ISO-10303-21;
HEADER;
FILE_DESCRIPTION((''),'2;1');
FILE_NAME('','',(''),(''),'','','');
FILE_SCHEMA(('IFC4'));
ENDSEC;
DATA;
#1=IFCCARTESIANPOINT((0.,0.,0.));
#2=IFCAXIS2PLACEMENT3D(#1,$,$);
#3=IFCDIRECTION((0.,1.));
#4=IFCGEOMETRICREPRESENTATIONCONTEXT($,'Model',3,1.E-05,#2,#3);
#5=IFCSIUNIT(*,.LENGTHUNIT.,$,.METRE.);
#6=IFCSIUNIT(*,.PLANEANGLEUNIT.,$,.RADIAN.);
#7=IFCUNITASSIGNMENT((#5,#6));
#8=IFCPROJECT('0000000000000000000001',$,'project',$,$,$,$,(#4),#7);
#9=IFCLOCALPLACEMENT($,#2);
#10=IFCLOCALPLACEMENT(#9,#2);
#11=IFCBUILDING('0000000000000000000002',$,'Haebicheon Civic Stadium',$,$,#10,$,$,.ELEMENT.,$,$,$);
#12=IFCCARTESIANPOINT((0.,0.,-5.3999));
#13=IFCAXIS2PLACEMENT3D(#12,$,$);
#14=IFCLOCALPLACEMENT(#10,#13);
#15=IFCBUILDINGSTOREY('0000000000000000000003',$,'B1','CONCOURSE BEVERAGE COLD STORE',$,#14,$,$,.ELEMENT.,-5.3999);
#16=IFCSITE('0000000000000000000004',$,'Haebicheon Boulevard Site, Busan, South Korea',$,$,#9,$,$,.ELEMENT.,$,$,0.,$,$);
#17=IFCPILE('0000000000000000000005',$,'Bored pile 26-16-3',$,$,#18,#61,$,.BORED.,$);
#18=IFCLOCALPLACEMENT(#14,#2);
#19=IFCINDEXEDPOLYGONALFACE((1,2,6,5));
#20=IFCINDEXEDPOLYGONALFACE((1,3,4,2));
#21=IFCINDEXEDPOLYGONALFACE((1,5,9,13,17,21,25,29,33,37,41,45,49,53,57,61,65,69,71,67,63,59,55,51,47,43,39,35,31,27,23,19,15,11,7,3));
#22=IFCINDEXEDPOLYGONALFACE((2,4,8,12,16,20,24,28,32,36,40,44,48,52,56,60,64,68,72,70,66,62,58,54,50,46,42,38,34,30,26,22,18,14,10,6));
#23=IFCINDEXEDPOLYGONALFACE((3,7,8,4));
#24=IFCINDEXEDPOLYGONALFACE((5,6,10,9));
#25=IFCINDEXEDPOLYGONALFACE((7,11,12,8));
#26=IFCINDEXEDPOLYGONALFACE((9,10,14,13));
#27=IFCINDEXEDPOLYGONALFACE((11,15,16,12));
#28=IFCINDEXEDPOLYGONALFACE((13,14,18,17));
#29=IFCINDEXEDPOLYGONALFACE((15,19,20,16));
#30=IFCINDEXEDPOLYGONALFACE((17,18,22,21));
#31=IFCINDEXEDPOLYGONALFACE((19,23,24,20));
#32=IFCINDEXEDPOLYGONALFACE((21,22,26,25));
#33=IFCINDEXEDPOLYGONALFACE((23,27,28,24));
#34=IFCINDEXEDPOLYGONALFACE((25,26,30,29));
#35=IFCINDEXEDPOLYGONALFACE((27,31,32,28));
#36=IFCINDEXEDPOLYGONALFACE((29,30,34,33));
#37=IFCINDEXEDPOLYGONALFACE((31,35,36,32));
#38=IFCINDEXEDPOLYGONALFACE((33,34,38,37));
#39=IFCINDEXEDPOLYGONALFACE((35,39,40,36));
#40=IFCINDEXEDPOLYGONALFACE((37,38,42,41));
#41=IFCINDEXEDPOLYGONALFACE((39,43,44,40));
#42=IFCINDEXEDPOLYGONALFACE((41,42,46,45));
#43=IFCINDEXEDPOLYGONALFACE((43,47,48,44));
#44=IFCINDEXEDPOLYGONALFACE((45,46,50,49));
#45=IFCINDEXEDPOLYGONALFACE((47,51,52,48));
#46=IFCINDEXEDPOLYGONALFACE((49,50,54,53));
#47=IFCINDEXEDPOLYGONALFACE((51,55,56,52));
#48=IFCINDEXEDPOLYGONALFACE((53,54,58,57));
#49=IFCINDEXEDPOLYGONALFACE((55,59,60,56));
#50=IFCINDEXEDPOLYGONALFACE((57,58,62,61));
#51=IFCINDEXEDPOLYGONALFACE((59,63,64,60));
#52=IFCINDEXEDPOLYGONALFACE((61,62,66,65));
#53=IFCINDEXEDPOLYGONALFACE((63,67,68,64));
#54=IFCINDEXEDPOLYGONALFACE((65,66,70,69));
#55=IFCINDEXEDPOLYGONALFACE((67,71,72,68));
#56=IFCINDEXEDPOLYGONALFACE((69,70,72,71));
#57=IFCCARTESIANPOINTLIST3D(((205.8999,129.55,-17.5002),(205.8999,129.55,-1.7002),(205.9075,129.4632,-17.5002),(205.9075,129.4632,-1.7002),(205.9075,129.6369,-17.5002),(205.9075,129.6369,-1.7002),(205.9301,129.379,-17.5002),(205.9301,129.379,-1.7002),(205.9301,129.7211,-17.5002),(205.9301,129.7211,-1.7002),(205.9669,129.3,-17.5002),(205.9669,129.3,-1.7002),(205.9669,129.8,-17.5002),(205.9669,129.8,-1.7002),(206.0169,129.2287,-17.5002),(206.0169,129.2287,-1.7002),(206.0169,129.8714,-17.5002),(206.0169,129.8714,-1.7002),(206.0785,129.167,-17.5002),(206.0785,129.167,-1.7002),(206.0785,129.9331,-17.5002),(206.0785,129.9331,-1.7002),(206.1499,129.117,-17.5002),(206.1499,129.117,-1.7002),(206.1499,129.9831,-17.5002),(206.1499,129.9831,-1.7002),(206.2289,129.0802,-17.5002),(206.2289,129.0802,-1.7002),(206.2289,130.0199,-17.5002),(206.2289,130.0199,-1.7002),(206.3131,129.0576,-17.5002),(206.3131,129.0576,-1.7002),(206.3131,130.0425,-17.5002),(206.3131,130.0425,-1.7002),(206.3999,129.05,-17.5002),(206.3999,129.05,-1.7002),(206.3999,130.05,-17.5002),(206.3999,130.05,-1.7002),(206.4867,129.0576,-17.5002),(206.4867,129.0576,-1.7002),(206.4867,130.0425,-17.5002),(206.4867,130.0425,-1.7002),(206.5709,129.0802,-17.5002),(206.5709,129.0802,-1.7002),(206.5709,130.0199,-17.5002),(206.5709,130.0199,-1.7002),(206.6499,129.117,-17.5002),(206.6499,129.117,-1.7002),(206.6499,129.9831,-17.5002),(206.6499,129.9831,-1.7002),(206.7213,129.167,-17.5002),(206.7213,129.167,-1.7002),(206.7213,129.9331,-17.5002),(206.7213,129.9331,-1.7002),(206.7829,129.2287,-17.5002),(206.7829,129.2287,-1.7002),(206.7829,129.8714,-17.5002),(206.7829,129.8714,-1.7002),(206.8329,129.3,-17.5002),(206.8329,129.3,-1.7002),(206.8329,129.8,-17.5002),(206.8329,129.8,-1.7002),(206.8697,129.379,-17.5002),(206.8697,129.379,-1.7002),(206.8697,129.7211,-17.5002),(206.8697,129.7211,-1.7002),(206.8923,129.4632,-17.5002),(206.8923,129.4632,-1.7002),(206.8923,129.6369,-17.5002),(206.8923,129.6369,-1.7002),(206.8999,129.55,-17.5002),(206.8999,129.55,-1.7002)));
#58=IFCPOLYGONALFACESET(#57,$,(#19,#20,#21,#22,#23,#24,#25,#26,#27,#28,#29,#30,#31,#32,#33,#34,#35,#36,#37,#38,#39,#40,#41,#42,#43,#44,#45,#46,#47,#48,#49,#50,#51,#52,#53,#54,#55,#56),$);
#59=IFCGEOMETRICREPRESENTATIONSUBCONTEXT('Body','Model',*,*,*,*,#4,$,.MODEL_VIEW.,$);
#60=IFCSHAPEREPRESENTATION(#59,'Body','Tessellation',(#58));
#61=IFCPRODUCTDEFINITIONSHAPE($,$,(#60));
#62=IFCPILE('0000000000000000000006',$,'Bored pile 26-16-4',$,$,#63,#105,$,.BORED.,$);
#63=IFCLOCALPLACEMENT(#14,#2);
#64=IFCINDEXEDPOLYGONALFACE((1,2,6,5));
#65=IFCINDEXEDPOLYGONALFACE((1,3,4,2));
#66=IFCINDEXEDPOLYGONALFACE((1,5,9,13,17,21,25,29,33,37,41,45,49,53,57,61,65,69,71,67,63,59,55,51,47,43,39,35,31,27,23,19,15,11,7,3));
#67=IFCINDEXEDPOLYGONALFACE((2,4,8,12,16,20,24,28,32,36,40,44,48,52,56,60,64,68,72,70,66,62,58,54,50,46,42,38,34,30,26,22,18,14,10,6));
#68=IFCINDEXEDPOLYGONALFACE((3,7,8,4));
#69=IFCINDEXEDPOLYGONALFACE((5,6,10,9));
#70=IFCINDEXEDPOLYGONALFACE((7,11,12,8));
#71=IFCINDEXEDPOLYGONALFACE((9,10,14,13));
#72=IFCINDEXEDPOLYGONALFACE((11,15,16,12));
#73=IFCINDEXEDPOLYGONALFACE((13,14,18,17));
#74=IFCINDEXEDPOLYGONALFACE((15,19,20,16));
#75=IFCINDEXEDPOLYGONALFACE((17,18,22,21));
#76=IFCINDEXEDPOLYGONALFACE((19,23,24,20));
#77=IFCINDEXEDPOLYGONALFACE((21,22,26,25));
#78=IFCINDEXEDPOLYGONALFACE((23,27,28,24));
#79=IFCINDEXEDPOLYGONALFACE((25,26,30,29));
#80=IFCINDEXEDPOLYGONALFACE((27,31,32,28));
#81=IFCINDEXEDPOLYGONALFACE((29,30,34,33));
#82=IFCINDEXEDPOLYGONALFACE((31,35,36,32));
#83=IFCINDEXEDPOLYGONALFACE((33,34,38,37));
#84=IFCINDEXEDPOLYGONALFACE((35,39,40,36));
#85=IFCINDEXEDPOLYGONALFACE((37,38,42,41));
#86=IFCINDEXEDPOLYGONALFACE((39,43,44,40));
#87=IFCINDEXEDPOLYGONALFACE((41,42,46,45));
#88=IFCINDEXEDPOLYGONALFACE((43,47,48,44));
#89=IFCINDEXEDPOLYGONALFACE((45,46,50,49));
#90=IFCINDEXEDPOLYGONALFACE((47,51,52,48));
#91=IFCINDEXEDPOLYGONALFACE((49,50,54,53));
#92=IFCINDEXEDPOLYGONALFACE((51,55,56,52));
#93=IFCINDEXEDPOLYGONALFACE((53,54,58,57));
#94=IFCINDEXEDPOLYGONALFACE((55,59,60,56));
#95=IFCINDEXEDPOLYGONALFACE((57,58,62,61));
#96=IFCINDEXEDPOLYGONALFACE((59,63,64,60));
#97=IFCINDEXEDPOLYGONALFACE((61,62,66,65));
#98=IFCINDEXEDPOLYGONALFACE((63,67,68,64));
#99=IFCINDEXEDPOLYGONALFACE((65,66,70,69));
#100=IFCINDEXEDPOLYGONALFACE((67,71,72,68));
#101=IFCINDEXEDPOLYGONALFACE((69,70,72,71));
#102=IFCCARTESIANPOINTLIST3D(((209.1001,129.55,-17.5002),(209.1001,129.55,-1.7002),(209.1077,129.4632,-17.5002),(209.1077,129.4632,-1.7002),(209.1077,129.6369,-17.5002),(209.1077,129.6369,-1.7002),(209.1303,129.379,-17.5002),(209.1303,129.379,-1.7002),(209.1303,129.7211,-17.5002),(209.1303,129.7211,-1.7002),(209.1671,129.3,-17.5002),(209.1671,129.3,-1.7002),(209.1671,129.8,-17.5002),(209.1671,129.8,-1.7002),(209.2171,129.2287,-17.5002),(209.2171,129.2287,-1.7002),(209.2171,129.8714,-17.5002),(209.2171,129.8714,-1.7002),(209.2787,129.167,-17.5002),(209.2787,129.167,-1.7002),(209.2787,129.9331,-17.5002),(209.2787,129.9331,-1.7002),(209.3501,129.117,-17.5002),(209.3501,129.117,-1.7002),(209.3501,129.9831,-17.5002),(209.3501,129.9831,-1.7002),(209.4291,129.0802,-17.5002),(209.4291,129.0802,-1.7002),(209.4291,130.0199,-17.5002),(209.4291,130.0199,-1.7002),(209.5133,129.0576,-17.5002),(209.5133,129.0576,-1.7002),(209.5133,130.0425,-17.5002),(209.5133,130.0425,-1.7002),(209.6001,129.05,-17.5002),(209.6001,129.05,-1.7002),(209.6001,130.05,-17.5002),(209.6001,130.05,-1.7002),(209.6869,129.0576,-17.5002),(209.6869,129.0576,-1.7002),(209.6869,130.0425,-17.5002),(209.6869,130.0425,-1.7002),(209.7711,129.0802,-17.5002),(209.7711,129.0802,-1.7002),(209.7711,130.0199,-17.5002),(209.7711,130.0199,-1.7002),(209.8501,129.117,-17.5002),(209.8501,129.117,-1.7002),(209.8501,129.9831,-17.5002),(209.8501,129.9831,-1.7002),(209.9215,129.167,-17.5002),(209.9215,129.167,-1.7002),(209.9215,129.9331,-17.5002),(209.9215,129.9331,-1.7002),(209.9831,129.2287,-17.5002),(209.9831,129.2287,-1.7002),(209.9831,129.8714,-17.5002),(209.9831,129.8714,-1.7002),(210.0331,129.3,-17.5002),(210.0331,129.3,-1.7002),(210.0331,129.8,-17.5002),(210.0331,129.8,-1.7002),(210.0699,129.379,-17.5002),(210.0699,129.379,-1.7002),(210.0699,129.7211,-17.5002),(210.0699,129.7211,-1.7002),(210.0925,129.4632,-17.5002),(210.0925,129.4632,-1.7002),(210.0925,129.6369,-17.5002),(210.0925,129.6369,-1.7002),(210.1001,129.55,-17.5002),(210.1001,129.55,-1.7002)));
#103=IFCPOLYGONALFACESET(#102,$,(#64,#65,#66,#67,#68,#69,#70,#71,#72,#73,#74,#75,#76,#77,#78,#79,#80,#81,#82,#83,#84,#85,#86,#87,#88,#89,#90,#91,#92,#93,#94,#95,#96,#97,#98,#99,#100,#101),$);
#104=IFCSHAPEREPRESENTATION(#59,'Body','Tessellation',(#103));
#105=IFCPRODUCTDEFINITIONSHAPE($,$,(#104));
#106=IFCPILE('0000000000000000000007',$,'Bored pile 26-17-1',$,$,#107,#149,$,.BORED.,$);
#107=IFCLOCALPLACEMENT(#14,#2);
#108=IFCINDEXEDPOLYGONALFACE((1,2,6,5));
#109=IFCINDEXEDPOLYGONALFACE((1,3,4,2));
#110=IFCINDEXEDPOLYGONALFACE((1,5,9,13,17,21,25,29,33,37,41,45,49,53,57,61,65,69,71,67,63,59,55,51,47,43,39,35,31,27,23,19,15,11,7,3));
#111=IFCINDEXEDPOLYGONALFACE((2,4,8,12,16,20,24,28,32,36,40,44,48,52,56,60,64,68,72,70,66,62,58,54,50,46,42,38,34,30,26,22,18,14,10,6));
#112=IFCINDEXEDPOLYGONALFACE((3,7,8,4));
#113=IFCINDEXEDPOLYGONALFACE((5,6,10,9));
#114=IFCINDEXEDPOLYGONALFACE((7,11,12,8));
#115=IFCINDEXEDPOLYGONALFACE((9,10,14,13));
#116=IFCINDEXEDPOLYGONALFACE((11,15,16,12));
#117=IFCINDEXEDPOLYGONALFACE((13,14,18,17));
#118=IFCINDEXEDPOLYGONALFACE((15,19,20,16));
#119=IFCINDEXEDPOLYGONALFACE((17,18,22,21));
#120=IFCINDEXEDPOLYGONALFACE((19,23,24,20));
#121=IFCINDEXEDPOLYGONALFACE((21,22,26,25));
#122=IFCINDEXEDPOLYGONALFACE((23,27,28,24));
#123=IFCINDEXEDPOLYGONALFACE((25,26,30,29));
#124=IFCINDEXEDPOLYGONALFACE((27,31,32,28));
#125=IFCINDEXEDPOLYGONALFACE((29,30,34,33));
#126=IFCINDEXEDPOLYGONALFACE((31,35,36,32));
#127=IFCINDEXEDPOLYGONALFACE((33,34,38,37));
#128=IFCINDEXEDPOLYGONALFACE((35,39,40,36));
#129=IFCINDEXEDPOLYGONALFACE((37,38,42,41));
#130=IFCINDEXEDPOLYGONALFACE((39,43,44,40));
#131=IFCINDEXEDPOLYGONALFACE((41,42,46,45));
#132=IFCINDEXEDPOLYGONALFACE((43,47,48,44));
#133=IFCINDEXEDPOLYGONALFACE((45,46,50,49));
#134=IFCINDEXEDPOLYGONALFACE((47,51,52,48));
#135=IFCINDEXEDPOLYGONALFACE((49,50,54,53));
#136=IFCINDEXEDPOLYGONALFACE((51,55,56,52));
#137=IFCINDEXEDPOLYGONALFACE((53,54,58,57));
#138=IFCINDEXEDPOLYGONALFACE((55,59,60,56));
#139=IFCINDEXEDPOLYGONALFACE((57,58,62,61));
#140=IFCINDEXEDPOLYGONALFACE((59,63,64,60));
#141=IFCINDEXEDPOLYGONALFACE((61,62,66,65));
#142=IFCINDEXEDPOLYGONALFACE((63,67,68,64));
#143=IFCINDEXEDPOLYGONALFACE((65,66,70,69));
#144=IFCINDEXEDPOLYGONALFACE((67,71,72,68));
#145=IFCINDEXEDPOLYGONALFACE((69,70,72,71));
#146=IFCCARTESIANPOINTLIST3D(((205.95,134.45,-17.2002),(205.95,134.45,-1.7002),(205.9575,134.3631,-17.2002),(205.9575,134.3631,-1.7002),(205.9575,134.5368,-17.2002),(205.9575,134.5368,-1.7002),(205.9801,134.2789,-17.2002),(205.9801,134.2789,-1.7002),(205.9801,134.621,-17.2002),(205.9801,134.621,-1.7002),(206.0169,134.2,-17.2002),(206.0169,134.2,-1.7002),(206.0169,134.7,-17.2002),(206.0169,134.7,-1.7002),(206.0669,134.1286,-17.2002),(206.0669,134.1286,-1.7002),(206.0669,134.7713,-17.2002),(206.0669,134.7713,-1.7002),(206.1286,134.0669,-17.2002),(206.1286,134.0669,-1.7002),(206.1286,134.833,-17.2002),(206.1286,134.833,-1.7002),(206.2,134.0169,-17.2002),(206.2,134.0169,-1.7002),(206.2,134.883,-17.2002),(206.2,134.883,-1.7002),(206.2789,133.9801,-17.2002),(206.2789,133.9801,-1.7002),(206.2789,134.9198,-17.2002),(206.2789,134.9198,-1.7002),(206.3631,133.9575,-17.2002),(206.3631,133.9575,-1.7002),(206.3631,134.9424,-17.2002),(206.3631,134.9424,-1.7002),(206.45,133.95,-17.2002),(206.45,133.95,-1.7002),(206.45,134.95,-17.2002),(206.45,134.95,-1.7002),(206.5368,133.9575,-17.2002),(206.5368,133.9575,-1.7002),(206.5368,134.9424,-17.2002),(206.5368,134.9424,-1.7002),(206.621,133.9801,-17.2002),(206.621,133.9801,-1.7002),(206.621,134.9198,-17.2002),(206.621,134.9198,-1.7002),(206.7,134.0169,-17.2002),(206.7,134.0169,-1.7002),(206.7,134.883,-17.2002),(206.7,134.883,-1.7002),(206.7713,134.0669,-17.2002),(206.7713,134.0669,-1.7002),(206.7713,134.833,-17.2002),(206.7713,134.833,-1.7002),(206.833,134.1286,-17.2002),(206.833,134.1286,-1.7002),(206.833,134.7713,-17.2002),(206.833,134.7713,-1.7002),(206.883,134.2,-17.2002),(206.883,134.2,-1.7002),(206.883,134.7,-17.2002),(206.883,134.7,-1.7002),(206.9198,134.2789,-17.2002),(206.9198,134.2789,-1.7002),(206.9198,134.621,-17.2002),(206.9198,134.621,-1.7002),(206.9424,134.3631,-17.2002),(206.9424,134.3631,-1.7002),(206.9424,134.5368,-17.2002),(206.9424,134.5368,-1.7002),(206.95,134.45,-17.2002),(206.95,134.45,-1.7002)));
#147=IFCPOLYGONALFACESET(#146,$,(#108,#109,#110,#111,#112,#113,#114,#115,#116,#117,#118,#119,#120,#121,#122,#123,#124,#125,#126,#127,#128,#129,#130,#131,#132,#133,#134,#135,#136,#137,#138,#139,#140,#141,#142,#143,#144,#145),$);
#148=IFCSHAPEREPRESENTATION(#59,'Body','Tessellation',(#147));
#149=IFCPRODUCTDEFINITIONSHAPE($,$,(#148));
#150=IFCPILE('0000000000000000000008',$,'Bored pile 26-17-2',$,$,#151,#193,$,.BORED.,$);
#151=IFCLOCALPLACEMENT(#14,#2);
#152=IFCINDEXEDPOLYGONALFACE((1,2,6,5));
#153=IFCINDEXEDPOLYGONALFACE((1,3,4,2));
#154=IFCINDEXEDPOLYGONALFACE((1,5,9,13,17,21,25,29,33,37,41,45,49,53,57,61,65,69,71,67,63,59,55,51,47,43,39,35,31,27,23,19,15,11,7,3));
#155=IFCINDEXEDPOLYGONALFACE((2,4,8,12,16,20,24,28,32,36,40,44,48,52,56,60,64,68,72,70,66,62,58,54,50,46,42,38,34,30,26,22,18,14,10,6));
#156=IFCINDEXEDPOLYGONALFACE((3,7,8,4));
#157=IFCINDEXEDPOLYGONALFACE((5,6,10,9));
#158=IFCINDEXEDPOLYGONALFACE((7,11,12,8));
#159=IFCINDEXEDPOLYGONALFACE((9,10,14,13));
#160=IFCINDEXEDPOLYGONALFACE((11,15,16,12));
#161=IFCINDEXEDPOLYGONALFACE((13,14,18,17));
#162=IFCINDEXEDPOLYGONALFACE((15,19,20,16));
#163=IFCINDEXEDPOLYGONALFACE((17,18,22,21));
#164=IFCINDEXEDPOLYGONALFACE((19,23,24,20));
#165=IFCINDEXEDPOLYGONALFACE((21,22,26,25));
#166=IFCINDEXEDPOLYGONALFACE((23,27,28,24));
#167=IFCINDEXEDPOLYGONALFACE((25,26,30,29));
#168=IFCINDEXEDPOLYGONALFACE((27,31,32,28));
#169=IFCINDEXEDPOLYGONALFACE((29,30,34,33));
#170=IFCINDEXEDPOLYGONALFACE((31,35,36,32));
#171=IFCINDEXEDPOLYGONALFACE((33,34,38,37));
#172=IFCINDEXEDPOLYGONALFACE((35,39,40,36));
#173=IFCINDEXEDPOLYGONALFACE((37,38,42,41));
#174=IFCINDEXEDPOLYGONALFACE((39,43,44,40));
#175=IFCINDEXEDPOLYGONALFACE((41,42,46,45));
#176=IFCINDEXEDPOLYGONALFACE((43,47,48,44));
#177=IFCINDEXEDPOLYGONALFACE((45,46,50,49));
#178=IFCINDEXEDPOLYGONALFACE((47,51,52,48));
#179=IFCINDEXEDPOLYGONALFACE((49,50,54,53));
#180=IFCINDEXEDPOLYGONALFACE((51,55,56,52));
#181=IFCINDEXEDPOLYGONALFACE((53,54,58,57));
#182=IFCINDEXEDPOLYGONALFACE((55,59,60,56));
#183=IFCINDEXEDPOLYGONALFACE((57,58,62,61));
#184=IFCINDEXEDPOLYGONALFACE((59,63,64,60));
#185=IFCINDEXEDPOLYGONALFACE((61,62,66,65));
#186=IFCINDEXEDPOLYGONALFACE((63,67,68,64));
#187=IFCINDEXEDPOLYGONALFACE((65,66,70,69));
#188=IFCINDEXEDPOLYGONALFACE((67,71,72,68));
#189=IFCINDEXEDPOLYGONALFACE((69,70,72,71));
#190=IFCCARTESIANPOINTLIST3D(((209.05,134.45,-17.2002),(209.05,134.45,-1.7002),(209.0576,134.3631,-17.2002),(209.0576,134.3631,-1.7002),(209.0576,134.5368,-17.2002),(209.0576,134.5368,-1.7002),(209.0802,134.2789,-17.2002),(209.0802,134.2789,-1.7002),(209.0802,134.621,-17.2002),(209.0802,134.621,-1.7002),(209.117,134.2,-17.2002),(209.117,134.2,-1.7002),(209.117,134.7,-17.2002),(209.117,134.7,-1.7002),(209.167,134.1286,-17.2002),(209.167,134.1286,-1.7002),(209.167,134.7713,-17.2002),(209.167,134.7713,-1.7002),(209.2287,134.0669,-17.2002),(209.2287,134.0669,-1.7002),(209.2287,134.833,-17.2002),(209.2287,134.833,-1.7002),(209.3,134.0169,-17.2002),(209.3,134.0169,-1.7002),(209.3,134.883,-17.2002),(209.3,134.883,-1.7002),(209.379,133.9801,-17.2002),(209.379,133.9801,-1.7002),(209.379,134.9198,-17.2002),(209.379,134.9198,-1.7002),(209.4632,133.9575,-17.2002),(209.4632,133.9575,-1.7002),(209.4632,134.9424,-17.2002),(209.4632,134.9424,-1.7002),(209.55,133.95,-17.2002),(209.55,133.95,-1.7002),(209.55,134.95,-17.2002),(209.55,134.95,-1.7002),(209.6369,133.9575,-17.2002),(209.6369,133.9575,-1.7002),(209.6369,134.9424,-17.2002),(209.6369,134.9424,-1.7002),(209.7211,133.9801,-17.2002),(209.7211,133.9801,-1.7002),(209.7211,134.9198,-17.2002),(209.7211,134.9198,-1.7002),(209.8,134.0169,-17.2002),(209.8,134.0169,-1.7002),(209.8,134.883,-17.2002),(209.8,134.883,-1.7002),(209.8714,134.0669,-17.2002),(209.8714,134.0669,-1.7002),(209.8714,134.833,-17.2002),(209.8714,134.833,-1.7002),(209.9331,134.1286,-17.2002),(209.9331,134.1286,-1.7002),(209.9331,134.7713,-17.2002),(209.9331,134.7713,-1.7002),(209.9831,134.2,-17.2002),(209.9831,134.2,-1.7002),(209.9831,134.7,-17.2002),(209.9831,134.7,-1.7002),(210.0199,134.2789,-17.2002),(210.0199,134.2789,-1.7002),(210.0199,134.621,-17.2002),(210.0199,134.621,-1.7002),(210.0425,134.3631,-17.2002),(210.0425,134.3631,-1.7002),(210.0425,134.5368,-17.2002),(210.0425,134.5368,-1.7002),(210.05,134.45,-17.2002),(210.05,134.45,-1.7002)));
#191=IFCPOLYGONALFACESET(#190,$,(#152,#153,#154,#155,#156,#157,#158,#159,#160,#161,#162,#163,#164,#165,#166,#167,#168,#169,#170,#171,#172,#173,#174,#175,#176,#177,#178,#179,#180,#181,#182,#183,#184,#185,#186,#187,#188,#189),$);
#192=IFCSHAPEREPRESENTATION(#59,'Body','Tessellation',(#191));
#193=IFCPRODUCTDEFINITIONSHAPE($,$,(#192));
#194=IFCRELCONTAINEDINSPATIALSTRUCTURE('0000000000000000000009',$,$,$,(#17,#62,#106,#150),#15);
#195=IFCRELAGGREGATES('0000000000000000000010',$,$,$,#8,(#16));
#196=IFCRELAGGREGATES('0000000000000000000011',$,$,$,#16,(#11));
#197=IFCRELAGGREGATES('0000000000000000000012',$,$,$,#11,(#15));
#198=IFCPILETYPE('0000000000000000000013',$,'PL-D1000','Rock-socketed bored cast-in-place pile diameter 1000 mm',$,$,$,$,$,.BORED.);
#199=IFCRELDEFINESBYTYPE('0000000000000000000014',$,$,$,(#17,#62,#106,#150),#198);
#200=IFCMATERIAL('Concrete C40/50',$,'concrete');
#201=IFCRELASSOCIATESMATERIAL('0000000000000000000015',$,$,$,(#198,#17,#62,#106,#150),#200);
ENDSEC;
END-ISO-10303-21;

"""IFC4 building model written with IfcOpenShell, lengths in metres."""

from ifc_helpers import new_model, si_unit, direction, frame, origin, origin_2d, place, context, subcontext, project, spatial, circle, extrude, material, material_profile, profile_set, type_object, element, save


model = new_model("IFC4")

# Units and contexts
model_context = context("Model", 3, precision=1e-05, world=origin(), true_north=direction((0.0, 1.0)))
body_context = subcontext(model_context, "Body", "Model", "MODEL_VIEW")
ifc_project = project(units=[si_unit("LENGTHUNIT", "METRE"), si_unit("PLANEANGLEUNIT", "RADIAN")], contexts=[model_context])

# Site, building, storey
site_placement = place(None, origin())
site = spatial("IfcSite", under=ifc_project, at=site_placement, Name="Haebicheon Boulevard Site, Busan, South Korea", CompositionType="ELEMENT", RefElevation=0.0)
building_placement = place(site_placement, origin())
building = spatial("IfcBuilding", under=site, at=building_placement, Name="Haebicheon Civic Stadium", CompositionType="ELEMENT")
storey_placement = place(building_placement, frame((0.0, 0.0, -5.3999)))
storey = spatial("IfcBuildingStorey", under=building, at=storey_placement, Name="B1", Description="CONCOURSE BEVERAGE COLD STORE", CompositionType="ELEMENT", Elevation=-5.3999)

# Piles
ifc_material_1 = material(Name="Concrete C40/50", Category="concrete")
ifc_material_profile_1 = material_profile(ifc_material_1, circle(Radius=0.5, at=origin_2d()), Name="PILE-D1000")
ifc_profile_set_1 = profile_set([ifc_material_profile_1], Name="Concrete C40/50")
pile_type = type_object("IfcPileType", Name="PL-D1000", Description="Rock-socketed bored cast-in-place pile diameter 1000 mm", PredefinedType="BORED", material=ifc_profile_set_1)
for number, where, z_axis, x_axis, name in (
    (1, (206.3999, 129.55, -1.7002), (0.0, 0.0, -1.0), (1.0, 0.0, 0.0), "Bored pile 26-16-3"),
    (2, (209.6001, 129.55, -1.7002), (0.0, 0.0, -1.0), (1.0, 0.0, 0.0), "Bored pile 26-16-4"),
):
    element("IfcPile", number, at=place(storey_placement, frame(where, z_axis=z_axis, x_axis=x_axis)), inside=storey, type_object=pile_type, material=ifc_profile_set_1, Name=name, PredefinedType="BORED", context=body_context, shape_type="SweptSolid", body=[
        extrude(circle(Radius=0.5, at=origin_2d()), origin(), (0.0, 0.0, 1.0), 15.8),
    ])
for number, where, z_axis, x_axis, name in (
    (3, (206.45, 134.45, -1.7002), (0.0, 0.0, -1.0), (1.0, 0.0, 0.0), "Bored pile 26-17-1"),
    (4, (209.55, 134.45, -1.7002), (0.0, 0.0, -1.0), (1.0, 0.0, 0.0), "Bored pile 26-17-2"),
):
    element("IfcPile", number, at=place(storey_placement, frame(where, z_axis=z_axis, x_axis=x_axis)), inside=storey, type_object=pile_type, material=ifc_profile_set_1, Name=name, PredefinedType="BORED", context=body_context, shape_type="SweptSolid", body=[
        extrude(circle(Radius=0.5, at=origin_2d()), origin(), (0.0, 0.0, 1.0), 15.5),
    ])

save(model, "model.ifc")
